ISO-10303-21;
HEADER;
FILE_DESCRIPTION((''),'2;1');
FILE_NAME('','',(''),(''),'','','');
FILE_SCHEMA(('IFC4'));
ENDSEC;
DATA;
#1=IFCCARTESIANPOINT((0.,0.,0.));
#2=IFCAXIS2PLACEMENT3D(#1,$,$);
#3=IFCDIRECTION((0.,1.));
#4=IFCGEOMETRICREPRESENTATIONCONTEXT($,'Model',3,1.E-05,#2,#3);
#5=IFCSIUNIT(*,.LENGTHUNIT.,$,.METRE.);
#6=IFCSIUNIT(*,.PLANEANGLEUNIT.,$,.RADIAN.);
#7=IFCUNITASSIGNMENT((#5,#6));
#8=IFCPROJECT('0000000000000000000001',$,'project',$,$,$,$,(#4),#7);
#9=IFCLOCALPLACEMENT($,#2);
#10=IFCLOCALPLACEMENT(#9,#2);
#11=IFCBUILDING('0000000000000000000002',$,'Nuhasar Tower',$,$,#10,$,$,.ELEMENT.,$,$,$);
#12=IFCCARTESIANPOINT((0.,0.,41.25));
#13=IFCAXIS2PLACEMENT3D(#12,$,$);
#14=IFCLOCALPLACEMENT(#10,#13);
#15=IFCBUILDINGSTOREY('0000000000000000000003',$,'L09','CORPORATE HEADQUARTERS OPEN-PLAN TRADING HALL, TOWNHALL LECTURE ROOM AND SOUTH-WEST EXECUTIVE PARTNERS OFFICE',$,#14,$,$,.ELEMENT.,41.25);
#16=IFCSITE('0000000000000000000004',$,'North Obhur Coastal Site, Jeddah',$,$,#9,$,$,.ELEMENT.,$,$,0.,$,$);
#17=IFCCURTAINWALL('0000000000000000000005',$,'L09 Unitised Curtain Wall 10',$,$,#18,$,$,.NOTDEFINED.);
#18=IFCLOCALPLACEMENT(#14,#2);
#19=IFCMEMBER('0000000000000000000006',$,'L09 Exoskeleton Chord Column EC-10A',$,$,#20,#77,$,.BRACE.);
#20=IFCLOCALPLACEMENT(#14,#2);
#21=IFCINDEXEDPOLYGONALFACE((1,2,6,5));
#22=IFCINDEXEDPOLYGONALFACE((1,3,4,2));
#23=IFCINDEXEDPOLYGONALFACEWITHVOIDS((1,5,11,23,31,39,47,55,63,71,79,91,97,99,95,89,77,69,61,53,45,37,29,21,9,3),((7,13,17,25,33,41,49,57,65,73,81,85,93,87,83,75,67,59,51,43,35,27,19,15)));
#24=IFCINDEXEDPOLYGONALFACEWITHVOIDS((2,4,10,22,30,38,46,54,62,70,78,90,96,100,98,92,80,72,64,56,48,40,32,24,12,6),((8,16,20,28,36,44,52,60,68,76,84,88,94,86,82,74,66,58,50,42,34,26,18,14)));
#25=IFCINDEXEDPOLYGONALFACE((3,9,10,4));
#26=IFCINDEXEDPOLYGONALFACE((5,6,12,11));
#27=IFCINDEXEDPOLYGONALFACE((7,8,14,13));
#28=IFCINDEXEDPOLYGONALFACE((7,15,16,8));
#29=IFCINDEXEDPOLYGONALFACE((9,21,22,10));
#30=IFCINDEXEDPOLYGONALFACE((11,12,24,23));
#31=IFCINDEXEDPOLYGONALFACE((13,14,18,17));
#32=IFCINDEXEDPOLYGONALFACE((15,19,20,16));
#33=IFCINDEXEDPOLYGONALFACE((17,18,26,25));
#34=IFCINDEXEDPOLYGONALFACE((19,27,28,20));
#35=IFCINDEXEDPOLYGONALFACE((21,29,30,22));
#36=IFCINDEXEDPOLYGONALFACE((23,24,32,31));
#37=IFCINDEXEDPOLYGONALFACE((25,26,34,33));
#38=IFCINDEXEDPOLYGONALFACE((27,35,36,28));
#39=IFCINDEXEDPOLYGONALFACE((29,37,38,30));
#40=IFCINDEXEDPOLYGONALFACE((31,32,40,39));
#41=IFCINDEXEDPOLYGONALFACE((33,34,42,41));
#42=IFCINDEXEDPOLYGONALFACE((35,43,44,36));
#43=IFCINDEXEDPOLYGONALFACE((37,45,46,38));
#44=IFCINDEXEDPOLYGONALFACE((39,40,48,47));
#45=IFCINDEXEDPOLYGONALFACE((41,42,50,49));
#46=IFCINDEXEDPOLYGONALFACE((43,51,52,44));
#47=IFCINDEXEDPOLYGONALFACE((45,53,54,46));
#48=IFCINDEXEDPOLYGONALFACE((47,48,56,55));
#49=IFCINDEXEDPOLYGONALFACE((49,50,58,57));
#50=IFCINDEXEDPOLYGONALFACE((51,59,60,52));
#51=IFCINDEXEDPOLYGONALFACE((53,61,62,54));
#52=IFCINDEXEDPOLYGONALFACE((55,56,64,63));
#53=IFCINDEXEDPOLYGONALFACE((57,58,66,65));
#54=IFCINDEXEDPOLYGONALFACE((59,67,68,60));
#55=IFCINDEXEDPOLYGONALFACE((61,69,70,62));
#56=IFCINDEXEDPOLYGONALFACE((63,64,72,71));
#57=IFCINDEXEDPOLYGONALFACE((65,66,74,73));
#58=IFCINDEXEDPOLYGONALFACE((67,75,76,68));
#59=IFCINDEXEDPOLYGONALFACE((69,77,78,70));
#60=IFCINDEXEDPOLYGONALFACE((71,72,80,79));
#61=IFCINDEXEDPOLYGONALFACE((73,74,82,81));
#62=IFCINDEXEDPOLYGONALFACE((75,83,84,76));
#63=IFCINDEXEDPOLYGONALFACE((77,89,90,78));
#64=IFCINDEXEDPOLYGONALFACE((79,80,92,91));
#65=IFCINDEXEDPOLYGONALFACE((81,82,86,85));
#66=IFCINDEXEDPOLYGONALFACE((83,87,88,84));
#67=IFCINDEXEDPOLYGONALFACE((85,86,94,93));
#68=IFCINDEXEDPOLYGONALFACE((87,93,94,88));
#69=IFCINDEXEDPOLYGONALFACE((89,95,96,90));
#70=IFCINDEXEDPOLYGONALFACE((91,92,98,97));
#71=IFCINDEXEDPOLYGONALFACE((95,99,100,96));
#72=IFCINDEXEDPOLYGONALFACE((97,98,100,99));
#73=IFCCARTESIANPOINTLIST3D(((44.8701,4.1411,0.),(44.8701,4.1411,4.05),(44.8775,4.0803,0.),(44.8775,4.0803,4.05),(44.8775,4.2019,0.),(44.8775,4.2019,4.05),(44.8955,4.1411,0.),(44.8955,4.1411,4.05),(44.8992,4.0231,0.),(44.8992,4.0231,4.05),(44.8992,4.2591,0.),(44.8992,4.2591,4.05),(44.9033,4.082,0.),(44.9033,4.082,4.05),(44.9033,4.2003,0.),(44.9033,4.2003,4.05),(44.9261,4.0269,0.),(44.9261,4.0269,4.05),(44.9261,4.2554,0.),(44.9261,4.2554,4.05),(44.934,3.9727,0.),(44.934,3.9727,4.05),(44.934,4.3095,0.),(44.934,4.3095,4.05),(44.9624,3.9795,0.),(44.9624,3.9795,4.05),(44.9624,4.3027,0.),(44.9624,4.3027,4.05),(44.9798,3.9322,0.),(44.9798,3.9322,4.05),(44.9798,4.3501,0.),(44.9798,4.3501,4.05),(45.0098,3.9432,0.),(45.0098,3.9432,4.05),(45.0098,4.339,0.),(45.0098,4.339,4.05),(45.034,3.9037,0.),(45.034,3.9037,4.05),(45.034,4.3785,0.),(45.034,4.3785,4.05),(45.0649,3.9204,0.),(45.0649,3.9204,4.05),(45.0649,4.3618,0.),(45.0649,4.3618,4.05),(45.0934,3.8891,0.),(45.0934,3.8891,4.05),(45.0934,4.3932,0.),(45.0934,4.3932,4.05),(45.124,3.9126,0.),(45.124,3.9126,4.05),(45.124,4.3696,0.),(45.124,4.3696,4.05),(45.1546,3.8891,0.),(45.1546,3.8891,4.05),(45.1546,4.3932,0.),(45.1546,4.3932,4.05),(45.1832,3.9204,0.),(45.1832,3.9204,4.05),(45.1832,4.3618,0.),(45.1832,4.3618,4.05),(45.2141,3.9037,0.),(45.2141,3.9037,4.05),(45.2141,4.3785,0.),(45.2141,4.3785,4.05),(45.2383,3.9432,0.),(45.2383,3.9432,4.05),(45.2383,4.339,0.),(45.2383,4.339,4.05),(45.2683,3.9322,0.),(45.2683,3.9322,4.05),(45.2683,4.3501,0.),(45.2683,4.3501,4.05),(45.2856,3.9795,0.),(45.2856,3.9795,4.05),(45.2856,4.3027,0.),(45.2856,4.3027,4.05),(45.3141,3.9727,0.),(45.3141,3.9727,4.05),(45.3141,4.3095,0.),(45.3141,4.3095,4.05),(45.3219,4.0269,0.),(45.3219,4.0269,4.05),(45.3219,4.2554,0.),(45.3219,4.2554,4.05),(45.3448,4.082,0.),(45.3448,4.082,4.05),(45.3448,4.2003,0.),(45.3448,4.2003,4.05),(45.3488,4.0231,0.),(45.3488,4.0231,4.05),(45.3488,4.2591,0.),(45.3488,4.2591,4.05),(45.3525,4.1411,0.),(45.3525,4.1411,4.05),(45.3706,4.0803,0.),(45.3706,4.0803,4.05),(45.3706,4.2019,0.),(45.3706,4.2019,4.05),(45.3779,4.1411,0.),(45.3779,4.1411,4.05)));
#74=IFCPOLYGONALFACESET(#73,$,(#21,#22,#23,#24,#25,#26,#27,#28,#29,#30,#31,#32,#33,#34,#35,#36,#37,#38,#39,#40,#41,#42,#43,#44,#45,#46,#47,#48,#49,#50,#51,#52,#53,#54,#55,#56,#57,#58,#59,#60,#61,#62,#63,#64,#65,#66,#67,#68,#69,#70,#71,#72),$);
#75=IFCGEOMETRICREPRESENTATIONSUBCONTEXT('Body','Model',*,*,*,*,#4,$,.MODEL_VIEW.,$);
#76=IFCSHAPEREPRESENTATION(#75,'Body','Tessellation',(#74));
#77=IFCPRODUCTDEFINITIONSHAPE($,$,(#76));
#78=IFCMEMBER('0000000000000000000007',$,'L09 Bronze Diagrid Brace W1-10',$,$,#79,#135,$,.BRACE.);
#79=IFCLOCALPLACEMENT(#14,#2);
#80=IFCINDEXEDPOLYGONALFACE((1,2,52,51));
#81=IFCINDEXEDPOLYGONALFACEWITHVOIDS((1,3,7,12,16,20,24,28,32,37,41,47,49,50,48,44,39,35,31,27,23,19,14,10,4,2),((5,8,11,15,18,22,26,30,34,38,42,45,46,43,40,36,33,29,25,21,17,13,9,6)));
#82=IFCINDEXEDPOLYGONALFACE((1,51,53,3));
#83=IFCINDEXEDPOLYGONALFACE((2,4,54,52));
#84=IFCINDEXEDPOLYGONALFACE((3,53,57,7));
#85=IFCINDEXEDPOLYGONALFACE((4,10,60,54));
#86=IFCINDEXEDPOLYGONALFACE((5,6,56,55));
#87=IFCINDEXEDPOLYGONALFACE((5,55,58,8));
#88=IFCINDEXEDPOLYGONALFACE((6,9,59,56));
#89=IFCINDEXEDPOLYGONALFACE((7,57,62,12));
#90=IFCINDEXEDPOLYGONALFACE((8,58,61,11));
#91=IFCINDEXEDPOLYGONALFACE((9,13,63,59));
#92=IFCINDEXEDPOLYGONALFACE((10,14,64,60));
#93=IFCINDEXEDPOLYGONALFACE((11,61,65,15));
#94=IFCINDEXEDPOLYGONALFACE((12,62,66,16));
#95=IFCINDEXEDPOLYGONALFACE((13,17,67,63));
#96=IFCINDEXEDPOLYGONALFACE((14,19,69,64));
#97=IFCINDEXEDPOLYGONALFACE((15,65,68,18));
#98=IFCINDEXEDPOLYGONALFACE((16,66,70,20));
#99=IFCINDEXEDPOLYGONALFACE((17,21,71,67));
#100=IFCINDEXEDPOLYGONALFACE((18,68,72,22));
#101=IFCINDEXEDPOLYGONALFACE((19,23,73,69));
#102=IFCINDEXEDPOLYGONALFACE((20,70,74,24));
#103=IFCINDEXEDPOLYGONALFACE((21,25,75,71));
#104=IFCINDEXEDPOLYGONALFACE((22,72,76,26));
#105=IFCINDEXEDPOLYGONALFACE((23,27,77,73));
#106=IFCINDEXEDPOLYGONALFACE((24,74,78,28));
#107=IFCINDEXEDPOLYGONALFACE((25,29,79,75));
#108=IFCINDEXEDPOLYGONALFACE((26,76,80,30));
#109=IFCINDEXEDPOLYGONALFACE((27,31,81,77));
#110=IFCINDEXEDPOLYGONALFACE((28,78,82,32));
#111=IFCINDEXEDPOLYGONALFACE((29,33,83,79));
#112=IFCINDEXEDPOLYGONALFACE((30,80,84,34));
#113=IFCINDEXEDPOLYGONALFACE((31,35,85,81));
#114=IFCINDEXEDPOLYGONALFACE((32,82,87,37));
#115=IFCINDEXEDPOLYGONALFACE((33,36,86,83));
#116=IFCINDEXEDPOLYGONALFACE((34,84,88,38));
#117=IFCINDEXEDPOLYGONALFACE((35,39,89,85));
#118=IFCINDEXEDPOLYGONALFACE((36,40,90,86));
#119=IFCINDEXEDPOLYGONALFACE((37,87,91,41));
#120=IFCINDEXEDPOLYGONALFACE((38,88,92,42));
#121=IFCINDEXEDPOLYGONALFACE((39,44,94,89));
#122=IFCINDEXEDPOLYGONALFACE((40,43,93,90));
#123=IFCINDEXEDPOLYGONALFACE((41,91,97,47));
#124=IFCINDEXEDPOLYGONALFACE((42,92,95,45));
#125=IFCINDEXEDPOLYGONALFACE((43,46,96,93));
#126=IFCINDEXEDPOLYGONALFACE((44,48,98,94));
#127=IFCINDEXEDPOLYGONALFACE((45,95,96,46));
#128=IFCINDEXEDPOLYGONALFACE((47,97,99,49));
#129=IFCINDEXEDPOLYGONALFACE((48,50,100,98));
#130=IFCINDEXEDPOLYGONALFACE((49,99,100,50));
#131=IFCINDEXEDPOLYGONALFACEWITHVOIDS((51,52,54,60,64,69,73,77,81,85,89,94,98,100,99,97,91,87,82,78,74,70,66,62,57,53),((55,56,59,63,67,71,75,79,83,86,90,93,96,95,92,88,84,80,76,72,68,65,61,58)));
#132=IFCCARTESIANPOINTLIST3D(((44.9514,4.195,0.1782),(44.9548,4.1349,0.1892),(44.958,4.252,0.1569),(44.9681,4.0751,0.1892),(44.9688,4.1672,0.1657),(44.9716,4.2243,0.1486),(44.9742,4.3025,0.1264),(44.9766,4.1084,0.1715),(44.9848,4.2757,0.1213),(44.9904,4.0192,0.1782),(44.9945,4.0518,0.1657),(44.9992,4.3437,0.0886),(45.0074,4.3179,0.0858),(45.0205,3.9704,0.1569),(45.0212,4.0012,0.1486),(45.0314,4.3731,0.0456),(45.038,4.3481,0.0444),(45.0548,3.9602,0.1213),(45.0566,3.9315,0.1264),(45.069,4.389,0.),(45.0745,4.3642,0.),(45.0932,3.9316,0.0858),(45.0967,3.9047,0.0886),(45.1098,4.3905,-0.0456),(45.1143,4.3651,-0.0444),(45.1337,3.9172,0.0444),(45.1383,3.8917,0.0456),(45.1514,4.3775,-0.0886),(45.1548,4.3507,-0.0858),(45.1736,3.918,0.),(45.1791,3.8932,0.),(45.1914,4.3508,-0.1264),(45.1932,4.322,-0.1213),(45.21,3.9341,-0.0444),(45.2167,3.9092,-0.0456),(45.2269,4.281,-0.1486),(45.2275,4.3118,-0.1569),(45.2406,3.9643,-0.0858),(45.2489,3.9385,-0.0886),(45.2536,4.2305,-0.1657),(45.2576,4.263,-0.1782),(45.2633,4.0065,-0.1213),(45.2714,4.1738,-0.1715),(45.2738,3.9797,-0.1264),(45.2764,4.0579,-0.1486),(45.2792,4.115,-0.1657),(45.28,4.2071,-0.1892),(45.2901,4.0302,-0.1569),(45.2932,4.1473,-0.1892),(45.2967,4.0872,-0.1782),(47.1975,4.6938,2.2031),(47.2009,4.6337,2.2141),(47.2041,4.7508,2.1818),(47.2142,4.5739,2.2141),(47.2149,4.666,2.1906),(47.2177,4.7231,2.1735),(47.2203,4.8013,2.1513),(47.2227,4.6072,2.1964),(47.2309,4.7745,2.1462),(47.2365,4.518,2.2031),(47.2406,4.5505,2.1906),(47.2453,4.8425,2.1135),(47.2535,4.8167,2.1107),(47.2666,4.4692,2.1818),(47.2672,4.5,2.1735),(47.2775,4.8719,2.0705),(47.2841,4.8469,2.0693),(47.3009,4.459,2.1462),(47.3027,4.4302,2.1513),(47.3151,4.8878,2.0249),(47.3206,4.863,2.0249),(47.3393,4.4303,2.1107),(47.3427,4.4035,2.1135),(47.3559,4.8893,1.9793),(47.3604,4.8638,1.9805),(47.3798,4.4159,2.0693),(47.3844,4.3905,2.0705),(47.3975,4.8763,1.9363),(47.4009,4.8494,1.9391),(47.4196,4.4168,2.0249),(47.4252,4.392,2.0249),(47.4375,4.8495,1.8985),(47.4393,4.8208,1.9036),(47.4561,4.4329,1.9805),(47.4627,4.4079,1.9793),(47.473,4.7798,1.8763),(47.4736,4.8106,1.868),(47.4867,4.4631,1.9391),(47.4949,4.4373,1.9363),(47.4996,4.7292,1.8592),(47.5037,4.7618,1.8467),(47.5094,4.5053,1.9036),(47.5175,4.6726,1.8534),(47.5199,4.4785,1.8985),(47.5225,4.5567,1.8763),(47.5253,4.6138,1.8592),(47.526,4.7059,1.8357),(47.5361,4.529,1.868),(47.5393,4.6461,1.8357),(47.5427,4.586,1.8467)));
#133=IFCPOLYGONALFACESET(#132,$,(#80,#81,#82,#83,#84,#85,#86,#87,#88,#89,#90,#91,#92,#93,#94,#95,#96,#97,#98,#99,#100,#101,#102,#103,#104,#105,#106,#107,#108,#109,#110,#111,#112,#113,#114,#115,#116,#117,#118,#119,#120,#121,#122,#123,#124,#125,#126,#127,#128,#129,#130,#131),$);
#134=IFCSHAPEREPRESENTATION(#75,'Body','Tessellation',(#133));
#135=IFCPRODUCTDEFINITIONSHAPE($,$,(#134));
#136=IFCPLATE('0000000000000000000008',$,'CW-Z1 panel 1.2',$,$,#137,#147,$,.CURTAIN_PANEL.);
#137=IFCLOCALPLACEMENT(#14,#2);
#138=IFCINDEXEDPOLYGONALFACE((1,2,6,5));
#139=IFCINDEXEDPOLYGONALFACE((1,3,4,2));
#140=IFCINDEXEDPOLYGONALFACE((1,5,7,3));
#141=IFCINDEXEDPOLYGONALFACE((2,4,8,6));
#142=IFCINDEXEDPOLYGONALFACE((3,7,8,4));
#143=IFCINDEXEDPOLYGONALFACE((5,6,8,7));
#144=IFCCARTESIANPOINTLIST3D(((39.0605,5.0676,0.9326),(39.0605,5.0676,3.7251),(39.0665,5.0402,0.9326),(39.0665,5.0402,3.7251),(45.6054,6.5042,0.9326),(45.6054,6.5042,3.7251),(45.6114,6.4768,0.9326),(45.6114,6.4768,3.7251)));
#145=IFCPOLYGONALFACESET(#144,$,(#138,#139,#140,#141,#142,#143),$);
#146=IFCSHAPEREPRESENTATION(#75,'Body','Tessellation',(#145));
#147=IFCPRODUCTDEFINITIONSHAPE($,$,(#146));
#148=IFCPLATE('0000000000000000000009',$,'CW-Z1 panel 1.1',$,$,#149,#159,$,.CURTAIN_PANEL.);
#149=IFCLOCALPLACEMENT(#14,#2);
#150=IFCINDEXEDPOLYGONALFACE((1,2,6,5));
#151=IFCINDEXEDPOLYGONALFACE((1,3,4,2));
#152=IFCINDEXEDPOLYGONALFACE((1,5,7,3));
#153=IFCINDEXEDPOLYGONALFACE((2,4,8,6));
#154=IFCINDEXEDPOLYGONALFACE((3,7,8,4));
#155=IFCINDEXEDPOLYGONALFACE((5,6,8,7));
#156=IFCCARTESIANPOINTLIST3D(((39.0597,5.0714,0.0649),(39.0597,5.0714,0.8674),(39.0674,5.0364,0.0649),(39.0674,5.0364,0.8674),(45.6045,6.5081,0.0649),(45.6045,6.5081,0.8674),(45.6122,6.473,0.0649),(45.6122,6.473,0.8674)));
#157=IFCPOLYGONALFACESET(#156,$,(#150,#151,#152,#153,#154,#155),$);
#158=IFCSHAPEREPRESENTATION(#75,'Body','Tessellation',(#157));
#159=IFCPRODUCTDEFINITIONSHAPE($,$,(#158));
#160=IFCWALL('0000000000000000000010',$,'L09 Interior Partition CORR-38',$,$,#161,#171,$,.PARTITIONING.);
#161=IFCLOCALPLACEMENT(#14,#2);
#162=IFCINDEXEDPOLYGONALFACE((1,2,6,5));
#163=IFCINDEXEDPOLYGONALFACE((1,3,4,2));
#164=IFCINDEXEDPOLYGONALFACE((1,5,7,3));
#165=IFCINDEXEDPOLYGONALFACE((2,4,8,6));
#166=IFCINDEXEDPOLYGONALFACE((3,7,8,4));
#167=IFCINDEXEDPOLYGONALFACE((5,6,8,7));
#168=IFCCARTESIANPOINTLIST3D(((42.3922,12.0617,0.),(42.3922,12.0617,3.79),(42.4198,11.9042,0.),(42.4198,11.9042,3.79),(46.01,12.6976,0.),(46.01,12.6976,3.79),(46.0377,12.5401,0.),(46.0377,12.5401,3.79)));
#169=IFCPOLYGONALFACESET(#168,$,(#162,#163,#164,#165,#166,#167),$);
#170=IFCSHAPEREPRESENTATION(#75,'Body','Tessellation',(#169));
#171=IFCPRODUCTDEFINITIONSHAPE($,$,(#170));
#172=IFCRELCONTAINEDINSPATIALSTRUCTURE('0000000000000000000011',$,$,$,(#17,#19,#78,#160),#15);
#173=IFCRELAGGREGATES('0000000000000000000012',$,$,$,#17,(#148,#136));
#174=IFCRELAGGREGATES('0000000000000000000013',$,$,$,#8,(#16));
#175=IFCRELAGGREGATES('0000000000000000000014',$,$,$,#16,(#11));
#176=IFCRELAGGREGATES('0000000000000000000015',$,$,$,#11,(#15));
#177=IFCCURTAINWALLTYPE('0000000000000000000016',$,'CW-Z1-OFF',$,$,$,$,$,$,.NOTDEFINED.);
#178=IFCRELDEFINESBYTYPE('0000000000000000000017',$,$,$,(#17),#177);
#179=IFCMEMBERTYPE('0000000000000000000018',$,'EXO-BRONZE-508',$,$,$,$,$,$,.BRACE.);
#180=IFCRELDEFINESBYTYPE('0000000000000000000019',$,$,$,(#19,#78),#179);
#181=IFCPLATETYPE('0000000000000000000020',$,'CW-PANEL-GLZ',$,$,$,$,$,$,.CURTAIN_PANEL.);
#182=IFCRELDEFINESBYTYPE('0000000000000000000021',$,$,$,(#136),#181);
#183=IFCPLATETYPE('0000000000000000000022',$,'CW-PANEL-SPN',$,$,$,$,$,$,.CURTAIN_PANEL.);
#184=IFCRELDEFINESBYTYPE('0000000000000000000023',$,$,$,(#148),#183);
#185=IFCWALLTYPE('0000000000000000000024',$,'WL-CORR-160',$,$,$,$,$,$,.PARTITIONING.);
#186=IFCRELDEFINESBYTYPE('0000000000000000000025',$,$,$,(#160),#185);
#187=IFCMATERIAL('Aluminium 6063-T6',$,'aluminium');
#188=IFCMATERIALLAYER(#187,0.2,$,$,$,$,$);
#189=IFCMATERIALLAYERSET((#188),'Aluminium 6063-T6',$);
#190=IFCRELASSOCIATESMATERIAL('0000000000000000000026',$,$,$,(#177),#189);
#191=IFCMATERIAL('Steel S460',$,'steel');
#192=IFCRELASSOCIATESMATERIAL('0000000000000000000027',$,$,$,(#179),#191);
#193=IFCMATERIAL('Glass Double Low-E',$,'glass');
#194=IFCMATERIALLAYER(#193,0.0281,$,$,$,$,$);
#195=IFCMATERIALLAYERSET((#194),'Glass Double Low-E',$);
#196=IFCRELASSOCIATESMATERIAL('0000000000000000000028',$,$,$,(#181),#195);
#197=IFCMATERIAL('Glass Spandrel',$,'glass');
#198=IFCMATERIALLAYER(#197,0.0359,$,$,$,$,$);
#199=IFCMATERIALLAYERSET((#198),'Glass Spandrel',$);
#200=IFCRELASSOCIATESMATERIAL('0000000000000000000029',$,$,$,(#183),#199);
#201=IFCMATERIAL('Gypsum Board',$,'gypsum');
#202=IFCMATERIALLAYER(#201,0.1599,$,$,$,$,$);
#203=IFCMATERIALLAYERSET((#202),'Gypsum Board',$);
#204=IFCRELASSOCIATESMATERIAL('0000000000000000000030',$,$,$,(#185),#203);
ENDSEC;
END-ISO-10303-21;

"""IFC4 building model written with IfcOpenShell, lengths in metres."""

from ifc_helpers import new_model, si_unit, direction, frame, frame_2d, origin, origin_2d, place, context, subcontext, project, spatial, rectangle, hollow_circle, extrude, material, layer, layer_set, material_profile, profile_set, type_object, element, aggregate, save


model = new_model("IFC4")

# Units and contexts
model_context = context("Model", 3, precision=1e-05, world=origin(), true_north=direction((0.0, 1.0)))
body_context = subcontext(model_context, "Body", "Model", "MODEL_VIEW")
ifc_project = project(units=[si_unit("LENGTHUNIT", "METRE"), si_unit("PLANEANGLEUNIT", "RADIAN")], contexts=[model_context])

# Site, building, storey
site_placement = place(None, origin())
site = spatial("IfcSite", under=ifc_project, at=site_placement, Name="North Obhur Coastal Site, Jeddah", CompositionType="ELEMENT", RefElevation=0.0)
building_placement = place(site_placement, origin())
building = spatial("IfcBuilding", under=site, at=building_placement, Name="Nuhasar Tower", CompositionType="ELEMENT")
storey_placement = place(building_placement, frame((0.0, 0.0, 41.25)))
storey = spatial("IfcBuildingStorey", under=building, at=storey_placement, Name="L09", Description="CORPORATE HEADQUARTERS OPEN-PLAN TRADING HALL, TOWNHALL LECTURE ROOM AND SOUTH-WEST EXECUTIVE PARTNERS OFFICE", CompositionType="ELEMENT", Elevation=41.25)

# Shared definitions
ifc_material_1 = material(Name="Aluminium 6063-T6", Category="aluminium")
ifc_layer_1 = layer(ifc_material_1, 0.2)
ifc_layer_set_1 = layer_set([ifc_layer_1], Name="Aluminium 6063-T6")
curtain_wall_type = type_object("IfcCurtainWallType", Name="CW-Z1-OFF", PredefinedType="NOTDEFINED", material=ifc_layer_set_1)

# Curtain wall
curtain_wall_1_placement = place(storey_placement, origin())
curtain_wall_1 = element("IfcCurtainWall", 1, at=curtain_wall_1_placement, inside=storey, type_object=curtain_wall_type, Name="L09 Unitised Curtain Wall 10", PredefinedType="NOTDEFINED")

# Members
ifc_material_2 = material(Name="Steel S460", Category="steel")
ifc_material_profile_1 = material_profile(ifc_material_2, hollow_circle(Radius=0.2539, WallThickness=0.0254, at=origin_2d()), Name="HSS508X25.4")
ifc_profile_set_1 = profile_set([ifc_material_profile_1], Name="Steel S460")
member_type_1 = type_object("IfcMemberType", Name="EXO-BRONZE-508", PredefinedType="BRACE", material=ifc_profile_set_1)
member_1_placement = place(storey_placement, frame((45.124, 4.1411, 0.0), z_axis=(0.0, 0.0, 1.0), x_axis=(1.0, 0.0, 0.0)))
element("IfcMember", 2, at=member_1_placement, inside=storey, type_object=member_type_1, Name="L09 Exoskeleton Chord Column EC-10A", PredefinedType="BRACE", context=body_context, shape_type="SweptSolid", body=[
    extrude(hollow_circle(Radius=0.2539, WallThickness=0.0254, at=origin_2d()), origin(), (0.0, 0.0, 1.0), 4.05),
])
member_2_placement = place(storey_placement, frame((45.124, 4.1411, 0.0), z_axis=(0.732831, 0.162736, 0.660663), x_axis=(-0.216784, 0.97622, 0.0)))
element("IfcMember", 3, at=member_2_placement, inside=storey, type_object=member_type_1, Name="L09 Bronze Diagrid Brace W1-10", PredefinedType="BRACE", context=body_context, shape_type="SweptSolid", body=[
    extrude(hollow_circle(Radius=0.2539, WallThickness=0.0254, at=origin_2d()), origin(), (0.0, 0.0, 1.0), 3.0649),
])

# Plates
ifc_material_3 = material(Name="Glass Double Low-E", Category="glass")
ifc_layer_2 = layer(ifc_material_3, 0.0281)
ifc_layer_set_2 = layer_set([ifc_layer_2], Name="Glass Double Low-E")
plate_type_1 = type_object("IfcPlateType", Name="CW-PANEL-GLZ", PredefinedType="CURTAIN_PANEL", material=ifc_layer_set_2)
plate_1_placement = place(storey_placement, frame((42.3359, 5.7722, 0.9326), z_axis=(0.0, 0.0, 1.0), x_axis=(0.976746, 0.214399, 0.0)))
plate_1 = element("IfcPlate", 4, at=plate_1_placement, type_object=plate_type_1, Name="CW-Z1 panel 1.2", PredefinedType="CURTAIN_PANEL", context=body_context, shape_type="SweptSolid", body=[
    extrude(rectangle(XDim=6.7007, YDim=0.0281, at=origin_2d()), origin(), (0.0, 0.0, 1.0), 2.7925),
])
ifc_material_4 = material(Name="Glass Spandrel", Category="glass")
ifc_layer_3 = layer(ifc_material_4, 0.0359)
ifc_layer_set_3 = layer_set([ifc_layer_3], Name="Glass Spandrel")
plate_type_2 = type_object("IfcPlateType", Name="CW-PANEL-SPN", PredefinedType="CURTAIN_PANEL", material=ifc_layer_set_3)
plate_2_placement = place(storey_placement, frame((42.3359, 5.7722, 0.0649), z_axis=(0.0, 0.0, 1.0), x_axis=(0.976746, 0.214399, 0.0)))
plate_2 = element("IfcPlate", 5, at=plate_2_placement, type_object=plate_type_2, Name="CW-Z1 panel 1.1", PredefinedType="CURTAIN_PANEL", context=body_context, shape_type="SweptSolid", body=[
    extrude(rectangle(XDim=6.7007, YDim=0.0359, at=origin_2d()), origin(), (0.0, 0.0, 1.0), 0.8025),
])
aggregate(curtain_wall_1, [plate_2, plate_1])

# Wall
ifc_material_5 = material(Name="Gypsum Board", Category="gypsum")
ifc_layer_4 = layer(ifc_material_5, 0.1599)
ifc_layer_set_4 = layer_set([ifc_layer_4], Name="Gypsum Board")
wall_type_1 = type_object("IfcWallType", Name="WL-CORR-160", PredefinedType="PARTITIONING", material=ifc_layer_set_4)
wall_1_placement = place(storey_placement, frame((42.406, 11.9829, 0.0), z_axis=(0.0, 0.0, 1.0), x_axis=(0.984898, 0.173133, 0.0)))
element("IfcWall", 6, at=wall_1_placement, inside=storey, type_object=wall_type_1, Name="L09 Interior Partition CORR-38", PredefinedType="PARTITIONING", context=body_context, shape_type="SweptSolid", body=[
    extrude(rectangle(XDim=3.6733, YDim=0.1599, at=frame_2d((1.8367, 0.0))), origin(), (0.0, 0.0, 1.0), 3.79),
])

save(model, "model.ifc")
